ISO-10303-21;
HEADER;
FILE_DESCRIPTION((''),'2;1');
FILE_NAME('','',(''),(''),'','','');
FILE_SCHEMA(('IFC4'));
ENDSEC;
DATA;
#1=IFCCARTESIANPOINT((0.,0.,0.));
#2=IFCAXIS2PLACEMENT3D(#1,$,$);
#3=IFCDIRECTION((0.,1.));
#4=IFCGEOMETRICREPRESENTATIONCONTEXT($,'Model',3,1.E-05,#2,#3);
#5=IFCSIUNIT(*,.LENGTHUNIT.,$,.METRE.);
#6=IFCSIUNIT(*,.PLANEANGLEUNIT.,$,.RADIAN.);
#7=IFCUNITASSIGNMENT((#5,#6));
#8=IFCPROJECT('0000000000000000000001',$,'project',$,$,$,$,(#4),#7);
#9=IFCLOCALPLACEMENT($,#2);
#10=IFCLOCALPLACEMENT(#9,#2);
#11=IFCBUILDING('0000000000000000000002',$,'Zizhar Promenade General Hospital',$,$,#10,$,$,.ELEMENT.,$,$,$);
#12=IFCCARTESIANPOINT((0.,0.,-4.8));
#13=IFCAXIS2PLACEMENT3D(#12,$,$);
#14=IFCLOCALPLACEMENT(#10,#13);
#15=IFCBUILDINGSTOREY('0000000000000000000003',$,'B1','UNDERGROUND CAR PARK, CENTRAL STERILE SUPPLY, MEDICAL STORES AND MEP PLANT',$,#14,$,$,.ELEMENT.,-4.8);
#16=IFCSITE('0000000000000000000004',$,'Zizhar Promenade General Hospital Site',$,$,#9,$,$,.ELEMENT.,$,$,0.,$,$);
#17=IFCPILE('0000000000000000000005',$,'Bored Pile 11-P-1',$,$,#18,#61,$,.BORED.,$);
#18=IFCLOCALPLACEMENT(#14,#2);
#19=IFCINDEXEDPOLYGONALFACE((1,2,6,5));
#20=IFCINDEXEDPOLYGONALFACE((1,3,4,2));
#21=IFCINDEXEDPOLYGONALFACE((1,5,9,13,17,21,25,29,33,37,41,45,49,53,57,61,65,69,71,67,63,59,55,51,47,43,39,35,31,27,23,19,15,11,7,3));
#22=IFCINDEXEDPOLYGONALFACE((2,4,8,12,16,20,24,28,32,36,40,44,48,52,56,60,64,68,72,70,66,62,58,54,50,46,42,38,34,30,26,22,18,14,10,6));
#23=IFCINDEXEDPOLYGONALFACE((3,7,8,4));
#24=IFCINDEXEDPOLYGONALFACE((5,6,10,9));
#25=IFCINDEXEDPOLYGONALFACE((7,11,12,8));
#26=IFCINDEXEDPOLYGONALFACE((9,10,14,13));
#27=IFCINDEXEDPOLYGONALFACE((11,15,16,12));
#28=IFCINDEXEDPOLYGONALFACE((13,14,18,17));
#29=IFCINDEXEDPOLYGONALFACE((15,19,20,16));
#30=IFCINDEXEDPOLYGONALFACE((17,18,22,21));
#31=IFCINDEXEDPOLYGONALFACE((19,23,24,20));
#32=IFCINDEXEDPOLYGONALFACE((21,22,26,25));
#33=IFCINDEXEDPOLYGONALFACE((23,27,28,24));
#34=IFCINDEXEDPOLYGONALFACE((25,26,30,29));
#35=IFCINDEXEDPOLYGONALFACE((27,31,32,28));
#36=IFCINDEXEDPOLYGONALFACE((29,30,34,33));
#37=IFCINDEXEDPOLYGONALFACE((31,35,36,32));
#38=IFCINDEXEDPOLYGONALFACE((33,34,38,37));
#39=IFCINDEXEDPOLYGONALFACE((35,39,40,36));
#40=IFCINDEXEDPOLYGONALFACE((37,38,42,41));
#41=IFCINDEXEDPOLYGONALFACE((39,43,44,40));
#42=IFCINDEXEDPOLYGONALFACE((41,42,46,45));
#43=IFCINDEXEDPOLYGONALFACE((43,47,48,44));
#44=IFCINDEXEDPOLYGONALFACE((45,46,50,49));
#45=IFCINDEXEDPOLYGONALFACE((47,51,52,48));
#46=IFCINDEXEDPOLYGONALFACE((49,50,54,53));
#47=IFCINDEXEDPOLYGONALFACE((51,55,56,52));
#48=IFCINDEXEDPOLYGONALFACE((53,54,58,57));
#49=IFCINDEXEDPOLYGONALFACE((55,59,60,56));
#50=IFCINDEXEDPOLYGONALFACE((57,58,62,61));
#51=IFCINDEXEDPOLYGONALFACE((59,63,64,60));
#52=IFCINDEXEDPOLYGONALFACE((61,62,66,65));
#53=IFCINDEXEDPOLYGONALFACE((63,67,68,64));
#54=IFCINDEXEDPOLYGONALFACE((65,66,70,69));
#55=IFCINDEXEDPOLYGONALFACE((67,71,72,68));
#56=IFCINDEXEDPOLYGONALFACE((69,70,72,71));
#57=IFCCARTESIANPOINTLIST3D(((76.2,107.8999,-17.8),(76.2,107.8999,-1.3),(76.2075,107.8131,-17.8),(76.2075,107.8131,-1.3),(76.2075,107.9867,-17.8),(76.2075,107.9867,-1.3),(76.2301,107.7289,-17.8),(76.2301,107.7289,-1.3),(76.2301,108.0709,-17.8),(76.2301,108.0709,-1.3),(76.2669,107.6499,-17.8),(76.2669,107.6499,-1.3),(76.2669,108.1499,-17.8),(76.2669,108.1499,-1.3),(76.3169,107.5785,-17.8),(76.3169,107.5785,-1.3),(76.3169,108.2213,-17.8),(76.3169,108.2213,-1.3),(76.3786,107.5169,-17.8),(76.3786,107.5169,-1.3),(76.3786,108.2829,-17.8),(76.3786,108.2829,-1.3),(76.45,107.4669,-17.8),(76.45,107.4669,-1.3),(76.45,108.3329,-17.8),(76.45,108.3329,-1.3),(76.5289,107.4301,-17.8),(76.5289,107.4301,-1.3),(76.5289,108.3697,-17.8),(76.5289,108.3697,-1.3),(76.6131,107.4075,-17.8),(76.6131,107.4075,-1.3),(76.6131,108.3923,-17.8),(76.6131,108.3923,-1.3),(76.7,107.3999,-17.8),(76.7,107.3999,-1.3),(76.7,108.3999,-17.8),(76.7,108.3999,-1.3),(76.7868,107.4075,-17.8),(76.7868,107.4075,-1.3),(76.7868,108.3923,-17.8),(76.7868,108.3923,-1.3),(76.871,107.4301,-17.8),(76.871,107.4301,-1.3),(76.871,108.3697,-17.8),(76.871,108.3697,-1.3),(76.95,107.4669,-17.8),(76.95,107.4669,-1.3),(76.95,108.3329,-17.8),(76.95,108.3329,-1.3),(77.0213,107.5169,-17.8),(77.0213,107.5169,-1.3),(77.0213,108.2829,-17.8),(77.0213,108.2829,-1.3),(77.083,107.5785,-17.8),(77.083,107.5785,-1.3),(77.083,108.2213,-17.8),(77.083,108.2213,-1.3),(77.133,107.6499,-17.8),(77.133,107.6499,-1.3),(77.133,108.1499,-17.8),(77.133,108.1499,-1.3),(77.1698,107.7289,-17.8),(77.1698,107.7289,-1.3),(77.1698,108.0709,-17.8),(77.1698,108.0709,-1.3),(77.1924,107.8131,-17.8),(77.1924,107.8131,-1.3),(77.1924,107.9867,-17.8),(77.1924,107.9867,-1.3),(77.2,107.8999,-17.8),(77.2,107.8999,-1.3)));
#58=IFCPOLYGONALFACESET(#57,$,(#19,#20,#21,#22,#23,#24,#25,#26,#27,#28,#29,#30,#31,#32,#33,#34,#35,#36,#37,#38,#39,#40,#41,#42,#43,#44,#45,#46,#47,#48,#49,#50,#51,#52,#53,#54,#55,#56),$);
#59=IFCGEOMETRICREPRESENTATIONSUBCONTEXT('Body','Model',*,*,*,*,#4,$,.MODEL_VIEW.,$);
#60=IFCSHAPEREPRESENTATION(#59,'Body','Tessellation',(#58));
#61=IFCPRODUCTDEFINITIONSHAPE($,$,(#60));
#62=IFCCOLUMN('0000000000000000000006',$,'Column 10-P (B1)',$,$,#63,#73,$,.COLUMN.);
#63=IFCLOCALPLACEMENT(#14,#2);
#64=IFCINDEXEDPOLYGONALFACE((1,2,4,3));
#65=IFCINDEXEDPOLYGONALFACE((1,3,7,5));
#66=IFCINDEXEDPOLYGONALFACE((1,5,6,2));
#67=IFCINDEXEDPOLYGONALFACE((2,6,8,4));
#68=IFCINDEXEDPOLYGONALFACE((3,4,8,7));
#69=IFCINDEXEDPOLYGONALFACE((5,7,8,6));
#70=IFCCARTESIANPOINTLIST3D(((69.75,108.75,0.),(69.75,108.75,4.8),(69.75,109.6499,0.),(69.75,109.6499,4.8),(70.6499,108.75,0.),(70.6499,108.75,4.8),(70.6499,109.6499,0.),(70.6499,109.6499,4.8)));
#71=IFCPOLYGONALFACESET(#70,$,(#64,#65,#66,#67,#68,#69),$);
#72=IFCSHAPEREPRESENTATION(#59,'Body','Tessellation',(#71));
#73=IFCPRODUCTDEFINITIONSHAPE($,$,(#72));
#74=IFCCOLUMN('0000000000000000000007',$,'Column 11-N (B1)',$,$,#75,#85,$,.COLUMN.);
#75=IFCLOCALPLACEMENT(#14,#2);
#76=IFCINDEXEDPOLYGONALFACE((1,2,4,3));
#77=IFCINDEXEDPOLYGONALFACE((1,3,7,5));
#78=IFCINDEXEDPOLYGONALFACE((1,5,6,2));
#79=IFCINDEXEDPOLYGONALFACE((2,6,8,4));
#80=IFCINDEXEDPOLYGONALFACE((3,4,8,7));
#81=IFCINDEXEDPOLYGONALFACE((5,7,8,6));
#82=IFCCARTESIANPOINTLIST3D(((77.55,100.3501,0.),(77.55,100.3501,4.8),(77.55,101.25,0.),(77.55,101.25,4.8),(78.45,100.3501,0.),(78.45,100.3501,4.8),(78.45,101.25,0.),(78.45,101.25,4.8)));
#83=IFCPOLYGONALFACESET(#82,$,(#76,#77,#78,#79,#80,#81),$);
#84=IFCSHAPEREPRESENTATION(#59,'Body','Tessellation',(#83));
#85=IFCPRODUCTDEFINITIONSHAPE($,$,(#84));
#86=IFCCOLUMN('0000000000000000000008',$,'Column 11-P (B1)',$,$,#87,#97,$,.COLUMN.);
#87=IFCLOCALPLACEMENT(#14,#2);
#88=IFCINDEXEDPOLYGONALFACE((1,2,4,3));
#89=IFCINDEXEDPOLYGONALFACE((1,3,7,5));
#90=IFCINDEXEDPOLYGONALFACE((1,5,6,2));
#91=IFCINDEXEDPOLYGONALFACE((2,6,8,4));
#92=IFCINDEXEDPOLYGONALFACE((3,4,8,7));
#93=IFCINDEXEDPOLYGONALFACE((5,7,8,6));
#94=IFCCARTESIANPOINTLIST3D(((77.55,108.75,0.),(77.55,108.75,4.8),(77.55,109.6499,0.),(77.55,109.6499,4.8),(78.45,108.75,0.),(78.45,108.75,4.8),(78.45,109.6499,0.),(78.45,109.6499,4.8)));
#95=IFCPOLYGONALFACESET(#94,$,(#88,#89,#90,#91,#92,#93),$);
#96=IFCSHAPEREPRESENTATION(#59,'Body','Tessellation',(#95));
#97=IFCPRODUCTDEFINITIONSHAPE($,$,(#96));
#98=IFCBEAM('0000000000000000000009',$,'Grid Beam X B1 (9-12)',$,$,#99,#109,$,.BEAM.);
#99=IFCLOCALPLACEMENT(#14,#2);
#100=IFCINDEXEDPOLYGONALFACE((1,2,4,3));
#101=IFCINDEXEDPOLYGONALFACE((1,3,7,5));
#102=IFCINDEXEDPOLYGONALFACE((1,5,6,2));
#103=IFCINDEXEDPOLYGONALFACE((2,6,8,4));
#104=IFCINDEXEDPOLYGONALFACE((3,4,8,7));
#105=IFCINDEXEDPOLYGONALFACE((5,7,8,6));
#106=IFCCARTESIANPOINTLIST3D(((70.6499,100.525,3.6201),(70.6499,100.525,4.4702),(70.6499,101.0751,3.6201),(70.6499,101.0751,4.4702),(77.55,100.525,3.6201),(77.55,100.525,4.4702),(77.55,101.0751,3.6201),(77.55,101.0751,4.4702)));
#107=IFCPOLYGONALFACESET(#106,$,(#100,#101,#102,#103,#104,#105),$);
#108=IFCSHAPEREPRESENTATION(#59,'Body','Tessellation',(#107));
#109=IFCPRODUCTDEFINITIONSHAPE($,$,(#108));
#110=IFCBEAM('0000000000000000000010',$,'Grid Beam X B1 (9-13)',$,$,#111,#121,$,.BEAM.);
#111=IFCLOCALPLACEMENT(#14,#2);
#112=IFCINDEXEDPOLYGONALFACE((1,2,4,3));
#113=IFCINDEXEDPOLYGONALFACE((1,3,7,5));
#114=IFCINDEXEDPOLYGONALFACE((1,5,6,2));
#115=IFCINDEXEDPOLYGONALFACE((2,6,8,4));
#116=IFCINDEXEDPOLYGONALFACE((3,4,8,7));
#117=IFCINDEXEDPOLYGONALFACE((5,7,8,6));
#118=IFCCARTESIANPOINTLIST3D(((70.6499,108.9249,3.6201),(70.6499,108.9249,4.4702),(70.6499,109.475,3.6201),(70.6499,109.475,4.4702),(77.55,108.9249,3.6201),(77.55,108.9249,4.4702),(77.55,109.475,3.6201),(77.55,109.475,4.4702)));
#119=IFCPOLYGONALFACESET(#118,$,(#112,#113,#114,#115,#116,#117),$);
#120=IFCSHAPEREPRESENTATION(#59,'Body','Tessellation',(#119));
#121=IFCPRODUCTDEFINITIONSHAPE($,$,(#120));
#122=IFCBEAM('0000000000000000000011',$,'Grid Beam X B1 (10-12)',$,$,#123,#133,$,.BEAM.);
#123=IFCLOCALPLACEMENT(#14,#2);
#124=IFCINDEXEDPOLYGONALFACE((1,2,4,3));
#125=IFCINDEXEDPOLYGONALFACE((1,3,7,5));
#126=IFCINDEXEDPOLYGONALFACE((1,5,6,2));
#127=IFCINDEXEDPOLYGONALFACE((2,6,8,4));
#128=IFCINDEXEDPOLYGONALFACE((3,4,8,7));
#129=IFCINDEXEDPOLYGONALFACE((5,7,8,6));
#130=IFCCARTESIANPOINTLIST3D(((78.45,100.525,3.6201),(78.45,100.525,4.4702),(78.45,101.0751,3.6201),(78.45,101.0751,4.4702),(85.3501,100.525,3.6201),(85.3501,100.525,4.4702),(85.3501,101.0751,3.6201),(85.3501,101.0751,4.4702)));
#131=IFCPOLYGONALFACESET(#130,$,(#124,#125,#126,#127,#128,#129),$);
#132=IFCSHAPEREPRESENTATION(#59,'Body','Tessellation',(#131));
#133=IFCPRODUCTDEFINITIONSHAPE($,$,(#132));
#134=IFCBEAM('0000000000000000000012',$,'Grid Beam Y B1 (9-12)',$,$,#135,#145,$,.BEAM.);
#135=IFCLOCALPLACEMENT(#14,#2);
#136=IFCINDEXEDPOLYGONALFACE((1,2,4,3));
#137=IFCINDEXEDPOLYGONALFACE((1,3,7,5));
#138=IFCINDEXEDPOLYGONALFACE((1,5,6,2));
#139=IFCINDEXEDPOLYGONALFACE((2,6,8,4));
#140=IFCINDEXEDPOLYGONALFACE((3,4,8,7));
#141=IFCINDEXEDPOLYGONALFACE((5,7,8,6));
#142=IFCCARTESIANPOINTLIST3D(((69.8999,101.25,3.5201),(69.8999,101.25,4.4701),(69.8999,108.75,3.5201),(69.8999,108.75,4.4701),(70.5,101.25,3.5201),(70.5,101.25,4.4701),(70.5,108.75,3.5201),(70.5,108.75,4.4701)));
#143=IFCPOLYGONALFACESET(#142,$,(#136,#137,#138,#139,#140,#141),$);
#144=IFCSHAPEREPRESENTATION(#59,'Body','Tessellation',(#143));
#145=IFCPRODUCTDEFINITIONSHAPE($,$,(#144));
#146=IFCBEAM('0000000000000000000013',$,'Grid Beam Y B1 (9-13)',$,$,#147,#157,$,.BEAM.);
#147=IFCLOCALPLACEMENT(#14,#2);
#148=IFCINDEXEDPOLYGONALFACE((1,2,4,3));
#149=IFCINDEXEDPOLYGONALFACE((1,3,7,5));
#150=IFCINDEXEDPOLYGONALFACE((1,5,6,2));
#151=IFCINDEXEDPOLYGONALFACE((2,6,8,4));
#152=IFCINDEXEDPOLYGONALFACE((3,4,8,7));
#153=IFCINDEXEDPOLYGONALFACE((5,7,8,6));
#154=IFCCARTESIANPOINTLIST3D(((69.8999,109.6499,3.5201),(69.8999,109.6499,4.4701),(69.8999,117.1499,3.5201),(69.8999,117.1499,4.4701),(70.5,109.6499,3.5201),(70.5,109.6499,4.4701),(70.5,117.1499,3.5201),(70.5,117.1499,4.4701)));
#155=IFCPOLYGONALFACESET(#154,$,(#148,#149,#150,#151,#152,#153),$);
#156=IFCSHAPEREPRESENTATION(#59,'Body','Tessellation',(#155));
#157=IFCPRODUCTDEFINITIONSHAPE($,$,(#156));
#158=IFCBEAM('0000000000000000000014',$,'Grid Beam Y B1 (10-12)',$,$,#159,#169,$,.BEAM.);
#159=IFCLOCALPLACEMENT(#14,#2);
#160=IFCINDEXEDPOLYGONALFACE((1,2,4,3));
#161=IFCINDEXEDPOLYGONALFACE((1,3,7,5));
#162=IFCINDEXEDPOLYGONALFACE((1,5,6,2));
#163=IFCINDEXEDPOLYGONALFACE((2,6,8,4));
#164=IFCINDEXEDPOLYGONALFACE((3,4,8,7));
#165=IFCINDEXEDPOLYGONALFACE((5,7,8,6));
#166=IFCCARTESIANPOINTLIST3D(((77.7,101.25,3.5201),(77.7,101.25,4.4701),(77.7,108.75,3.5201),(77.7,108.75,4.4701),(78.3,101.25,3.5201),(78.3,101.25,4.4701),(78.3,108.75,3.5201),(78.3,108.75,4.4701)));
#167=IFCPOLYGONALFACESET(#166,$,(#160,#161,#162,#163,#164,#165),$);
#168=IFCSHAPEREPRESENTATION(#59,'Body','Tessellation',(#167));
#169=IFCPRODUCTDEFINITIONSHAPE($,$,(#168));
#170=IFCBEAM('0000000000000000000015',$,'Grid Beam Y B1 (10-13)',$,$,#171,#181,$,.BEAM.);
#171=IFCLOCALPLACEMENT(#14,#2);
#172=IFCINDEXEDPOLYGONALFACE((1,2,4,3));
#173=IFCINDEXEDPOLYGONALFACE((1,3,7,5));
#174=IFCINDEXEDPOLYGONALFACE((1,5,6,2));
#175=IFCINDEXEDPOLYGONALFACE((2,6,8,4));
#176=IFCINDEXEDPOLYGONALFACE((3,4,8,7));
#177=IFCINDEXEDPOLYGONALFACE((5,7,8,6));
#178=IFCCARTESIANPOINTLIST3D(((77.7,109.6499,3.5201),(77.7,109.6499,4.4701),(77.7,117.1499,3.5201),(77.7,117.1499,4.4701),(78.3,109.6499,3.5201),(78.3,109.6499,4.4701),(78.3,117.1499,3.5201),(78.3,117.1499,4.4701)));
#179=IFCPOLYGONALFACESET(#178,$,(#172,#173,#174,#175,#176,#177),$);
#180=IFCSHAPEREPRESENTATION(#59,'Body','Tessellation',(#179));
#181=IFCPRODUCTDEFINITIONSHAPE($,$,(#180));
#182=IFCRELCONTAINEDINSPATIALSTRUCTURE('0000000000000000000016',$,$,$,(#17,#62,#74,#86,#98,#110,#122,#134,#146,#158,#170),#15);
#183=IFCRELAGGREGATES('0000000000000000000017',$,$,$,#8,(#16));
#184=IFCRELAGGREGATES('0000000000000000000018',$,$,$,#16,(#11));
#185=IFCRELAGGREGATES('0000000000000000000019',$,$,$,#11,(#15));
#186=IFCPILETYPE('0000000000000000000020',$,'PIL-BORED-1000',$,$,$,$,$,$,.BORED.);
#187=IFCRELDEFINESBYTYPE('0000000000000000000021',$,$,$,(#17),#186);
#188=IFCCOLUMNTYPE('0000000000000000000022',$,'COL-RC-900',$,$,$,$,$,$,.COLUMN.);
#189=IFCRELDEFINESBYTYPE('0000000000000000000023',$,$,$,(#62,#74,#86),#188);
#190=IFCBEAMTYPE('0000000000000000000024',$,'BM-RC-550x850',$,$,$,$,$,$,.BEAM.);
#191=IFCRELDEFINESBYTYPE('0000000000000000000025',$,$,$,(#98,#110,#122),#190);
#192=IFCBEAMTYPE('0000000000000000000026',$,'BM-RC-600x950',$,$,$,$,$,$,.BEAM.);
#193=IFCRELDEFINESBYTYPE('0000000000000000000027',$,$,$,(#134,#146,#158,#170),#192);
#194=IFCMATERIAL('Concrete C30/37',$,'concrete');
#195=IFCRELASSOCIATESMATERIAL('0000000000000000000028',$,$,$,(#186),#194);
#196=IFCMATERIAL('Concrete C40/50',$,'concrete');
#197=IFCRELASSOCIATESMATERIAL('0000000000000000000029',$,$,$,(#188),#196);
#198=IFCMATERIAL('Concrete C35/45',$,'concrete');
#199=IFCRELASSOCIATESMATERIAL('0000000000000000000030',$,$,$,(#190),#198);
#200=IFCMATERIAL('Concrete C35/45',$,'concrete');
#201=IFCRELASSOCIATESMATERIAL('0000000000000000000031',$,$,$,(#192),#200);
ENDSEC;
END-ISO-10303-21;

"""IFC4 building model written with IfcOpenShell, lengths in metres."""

from ifc_helpers import new_model, si_unit, direction, frame, origin, origin_2d, place, context, subcontext, project, spatial, rectangle, circle, extrude, material, material_profile, profile_set, type_object, element, save


model = new_model("IFC4")

# Units and contexts
model_context = context("Model", 3, precision=1e-05, world=origin(), true_north=direction((0.0, 1.0)))
body_context = subcontext(model_context, "Body", "Model", "MODEL_VIEW")
ifc_project = project(units=[si_unit("LENGTHUNIT", "METRE"), si_unit("PLANEANGLEUNIT", "RADIAN")], contexts=[model_context])

# Site, building, storey
site_placement = place(None, origin())
site = spatial("IfcSite", under=ifc_project, at=site_placement, Name="Zizhar Promenade General Hospital Site", CompositionType="ELEMENT", RefElevation=0.0)
building_placement = place(site_placement, origin())
building = spatial("IfcBuilding", under=site, at=building_placement, Name="Zizhar Promenade General Hospital", CompositionType="ELEMENT")
storey_placement = place(building_placement, frame((0.0, 0.0, -4.8)))
storey = spatial("IfcBuildingStorey", under=building, at=storey_placement, Name="B1", Description="UNDERGROUND CAR PARK, CENTRAL STERILE SUPPLY, MEDICAL STORES AND MEP PLANT", CompositionType="ELEMENT", Elevation=-4.8)

# Pile
ifc_material_1 = material(Name="Concrete C30/37", Category="concrete")
ifc_material_profile_1 = material_profile(ifc_material_1, circle(Radius=0.5, at=origin_2d()))
ifc_profile_set_1 = profile_set([ifc_material_profile_1], Name="Concrete C30/37")
pile_type = type_object("IfcPileType", Name="PIL-BORED-1000", PredefinedType="BORED", material=ifc_profile_set_1)
for number, where, z_axis, x_axis, name in (
    (1, (76.7, 107.8999, -1.3), (0.0, 0.0, -1.0), (1.0, 0.0, 0.0), "Bored Pile 11-P-1"),
):
    element("IfcPile", number, at=place(storey_placement, frame(where, z_axis=z_axis, x_axis=x_axis)), inside=storey, type_object=pile_type, Name=name, PredefinedType="BORED", context=body_context, shape_type="SweptSolid", body=[
        extrude(circle(Radius=0.5, at=origin_2d()), origin(), (0.0, 0.0, 1.0), 16.5),
    ])

# Columns
ifc_material_2 = material(Name="Concrete C40/50", Category="concrete")
ifc_material_profile_2 = material_profile(ifc_material_2, rectangle(XDim=0.8999, YDim=0.8999, at=origin_2d()))
ifc_profile_set_2 = profile_set([ifc_material_profile_2], Name="Concrete C40/50")
column_type = type_object("IfcColumnType", Name="COL-RC-900", PredefinedType="COLUMN", material=ifc_profile_set_2)
for number, where, z_axis, x_axis, name in (
    (2, (70.2, 109.2, 0.0), (0.0, 0.0, 1.0), (1.0, 0.0, 0.0), "Column 10-P (B1)"),
    (3, (78.0, 100.8, 0.0), (0.0, 0.0, 1.0), (1.0, 0.0, 0.0), "Column 11-N (B1)"),
    (4, (78.0, 109.2, 0.0), (0.0, 0.0, 1.0), (1.0, 0.0, 0.0), "Column 11-P (B1)"),
):
    element("IfcColumn", number, at=place(storey_placement, frame(where, z_axis=z_axis, x_axis=x_axis)), inside=storey, type_object=column_type, Name=name, PredefinedType="COLUMN", context=body_context, shape_type="SweptSolid", body=[
        extrude(rectangle(XDim=0.8999, YDim=0.8999, at=origin_2d()), origin(), (0.0, 0.0, 1.0), 4.8),
    ])

# Beams
ifc_material_3 = material(Name="Concrete C35/45", Category="concrete")
ifc_material_profile_3 = material_profile(ifc_material_3, rectangle(XDim=0.55, YDim=0.8501, at=origin_2d()))
ifc_profile_set_3 = profile_set([ifc_material_profile_3], Name="Concrete C35/45")
beam_type_1 = type_object("IfcBeamType", Name="BM-RC-550x850", PredefinedType="BEAM", material=ifc_profile_set_3)
for number, where, z_axis, x_axis, name in (
    (5, (70.6499, 100.8, 4.0452), (1.0, 0.0, 0.0), (0.0, 1.0, 0.0), "Grid Beam X B1 (9-12)"),
    (6, (70.6499, 109.2, 4.0452), (1.0, 0.0, 0.0), (0.0, 1.0, 0.0), "Grid Beam X B1 (9-13)"),
    (7, (78.45, 100.8, 4.0452), (1.0, 0.0, 0.0), (0.0, 1.0, 0.0), "Grid Beam X B1 (10-12)"),
):
    element("IfcBeam", number, at=place(storey_placement, frame(where, z_axis=z_axis, x_axis=x_axis)), inside=storey, type_object=beam_type_1, Name=name, PredefinedType="BEAM", context=body_context, shape_type="SweptSolid", body=[
        extrude(rectangle(XDim=0.55, YDim=0.8501, at=origin_2d()), origin(), (0.0, 0.0, 1.0), 6.9001),
    ])
ifc_material_4 = material(Name="Concrete C35/45", Category="concrete")
ifc_material_profile_4 = material_profile(ifc_material_4, rectangle(XDim=0.6001, YDim=0.95, at=origin_2d()))
ifc_profile_set_4 = profile_set([ifc_material_profile_4], Name="Concrete C35/45")
beam_type_2 = type_object("IfcBeamType", Name="BM-RC-600x950", PredefinedType="BEAM", material=ifc_profile_set_4)
for number, where, z_axis, x_axis, name in (
    (8, (70.2, 101.25, 3.9951), (0.0, 1.0, 0.0), (-1.0, 0.0, 0.0), "Grid Beam Y B1 (9-12)"),
    (9, (70.2, 109.6499, 3.9951), (0.0, 1.0, 0.0), (-1.0, 0.0, 0.0), "Grid Beam Y B1 (9-13)"),
    (10, (78.0, 101.25, 3.9951), (0.0, 1.0, 0.0), (-1.0, 0.0, 0.0), "Grid Beam Y B1 (10-12)"),
    (11, (78.0, 109.6499, 3.9951), (0.0, 1.0, 0.0), (-1.0, 0.0, 0.0), "Grid Beam Y B1 (10-13)"),
):
    element("IfcBeam", number, at=place(storey_placement, frame(where, z_axis=z_axis, x_axis=x_axis)), inside=storey, type_object=beam_type_2, Name=name, PredefinedType="BEAM", context=body_context, shape_type="SweptSolid", body=[
        extrude(rectangle(XDim=0.6001, YDim=0.95, at=origin_2d()), origin(), (0.0, 0.0, 1.0), 7.5),
    ])

save(model, "model.ifc")
